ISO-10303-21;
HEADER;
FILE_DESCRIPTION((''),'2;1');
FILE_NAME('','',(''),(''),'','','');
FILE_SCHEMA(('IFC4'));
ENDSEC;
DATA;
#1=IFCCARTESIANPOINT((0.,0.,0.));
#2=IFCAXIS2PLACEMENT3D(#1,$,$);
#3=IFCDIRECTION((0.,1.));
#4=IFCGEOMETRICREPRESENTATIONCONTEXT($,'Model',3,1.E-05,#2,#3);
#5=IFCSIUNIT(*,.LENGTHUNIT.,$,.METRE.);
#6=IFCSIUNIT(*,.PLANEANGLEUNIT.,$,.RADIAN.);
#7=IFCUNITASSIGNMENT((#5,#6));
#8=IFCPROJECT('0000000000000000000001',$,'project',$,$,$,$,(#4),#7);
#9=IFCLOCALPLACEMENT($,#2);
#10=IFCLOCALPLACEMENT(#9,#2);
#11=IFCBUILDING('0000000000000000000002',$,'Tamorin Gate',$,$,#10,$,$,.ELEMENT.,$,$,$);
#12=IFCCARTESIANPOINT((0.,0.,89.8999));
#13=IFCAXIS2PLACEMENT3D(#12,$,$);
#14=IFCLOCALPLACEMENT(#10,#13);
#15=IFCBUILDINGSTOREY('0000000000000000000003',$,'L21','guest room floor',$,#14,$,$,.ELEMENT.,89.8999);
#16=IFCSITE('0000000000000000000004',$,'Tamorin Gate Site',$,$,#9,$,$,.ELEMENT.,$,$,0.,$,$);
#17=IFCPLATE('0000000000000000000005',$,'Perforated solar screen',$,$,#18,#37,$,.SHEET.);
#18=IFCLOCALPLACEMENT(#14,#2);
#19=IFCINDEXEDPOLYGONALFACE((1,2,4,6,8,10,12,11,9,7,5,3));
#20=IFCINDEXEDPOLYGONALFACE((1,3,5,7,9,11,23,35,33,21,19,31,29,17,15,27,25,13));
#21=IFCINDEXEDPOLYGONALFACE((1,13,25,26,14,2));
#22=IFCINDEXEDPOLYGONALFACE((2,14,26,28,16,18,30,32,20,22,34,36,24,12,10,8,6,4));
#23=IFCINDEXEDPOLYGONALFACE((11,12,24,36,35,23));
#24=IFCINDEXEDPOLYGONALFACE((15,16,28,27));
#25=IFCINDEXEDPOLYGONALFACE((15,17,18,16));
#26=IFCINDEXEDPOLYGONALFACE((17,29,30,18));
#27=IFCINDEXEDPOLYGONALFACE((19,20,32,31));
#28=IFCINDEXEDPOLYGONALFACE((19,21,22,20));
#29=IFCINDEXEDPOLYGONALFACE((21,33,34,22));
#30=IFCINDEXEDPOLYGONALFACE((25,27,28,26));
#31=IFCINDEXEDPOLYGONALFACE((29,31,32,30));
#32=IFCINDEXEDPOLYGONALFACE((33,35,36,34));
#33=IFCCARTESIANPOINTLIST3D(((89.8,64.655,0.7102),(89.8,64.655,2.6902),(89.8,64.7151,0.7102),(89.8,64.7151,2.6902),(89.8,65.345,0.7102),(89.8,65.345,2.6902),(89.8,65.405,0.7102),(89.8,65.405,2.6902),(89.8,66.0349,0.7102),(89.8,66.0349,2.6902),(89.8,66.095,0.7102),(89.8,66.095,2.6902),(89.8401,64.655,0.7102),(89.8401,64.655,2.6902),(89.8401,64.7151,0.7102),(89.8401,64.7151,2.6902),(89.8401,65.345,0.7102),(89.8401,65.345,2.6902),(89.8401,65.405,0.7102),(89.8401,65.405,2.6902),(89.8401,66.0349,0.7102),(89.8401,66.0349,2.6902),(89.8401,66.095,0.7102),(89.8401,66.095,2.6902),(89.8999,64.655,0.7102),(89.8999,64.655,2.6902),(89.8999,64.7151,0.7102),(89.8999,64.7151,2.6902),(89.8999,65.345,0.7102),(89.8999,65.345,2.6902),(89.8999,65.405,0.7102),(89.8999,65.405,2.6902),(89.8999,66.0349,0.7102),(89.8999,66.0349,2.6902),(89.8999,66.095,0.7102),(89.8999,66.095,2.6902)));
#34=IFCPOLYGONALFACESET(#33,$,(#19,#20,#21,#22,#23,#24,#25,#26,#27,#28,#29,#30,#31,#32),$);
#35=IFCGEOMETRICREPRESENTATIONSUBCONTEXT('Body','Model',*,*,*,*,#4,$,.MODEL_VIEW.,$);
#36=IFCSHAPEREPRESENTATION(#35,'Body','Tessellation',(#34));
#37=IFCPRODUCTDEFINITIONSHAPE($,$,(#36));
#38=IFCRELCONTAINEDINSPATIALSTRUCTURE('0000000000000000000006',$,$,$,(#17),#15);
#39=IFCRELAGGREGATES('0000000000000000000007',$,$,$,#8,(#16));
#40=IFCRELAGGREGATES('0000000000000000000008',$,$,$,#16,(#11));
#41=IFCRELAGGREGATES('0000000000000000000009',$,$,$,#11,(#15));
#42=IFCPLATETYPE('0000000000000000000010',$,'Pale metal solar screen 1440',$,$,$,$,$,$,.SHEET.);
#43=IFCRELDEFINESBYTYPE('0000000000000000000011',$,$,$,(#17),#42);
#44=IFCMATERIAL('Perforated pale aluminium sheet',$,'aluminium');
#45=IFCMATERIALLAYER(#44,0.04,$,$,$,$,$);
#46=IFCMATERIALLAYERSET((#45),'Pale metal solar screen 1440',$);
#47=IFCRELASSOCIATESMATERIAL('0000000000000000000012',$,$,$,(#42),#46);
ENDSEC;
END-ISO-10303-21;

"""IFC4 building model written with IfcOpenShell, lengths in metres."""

from ifc_helpers import new_model, si_unit, direction, frame, origin, place, context, subcontext, project, spatial, polyline, outline, extrude, material, layer, layer_set, type_object, element, save


model = new_model("IFC4")

# Units and contexts
model_context = context("Model", 3, precision=1e-05, world=origin(), true_north=direction((0.0, 1.0)))
body_context = subcontext(model_context, "Body", "Model", "MODEL_VIEW")
ifc_project = project(units=[si_unit("LENGTHUNIT", "METRE"), si_unit("PLANEANGLEUNIT", "RADIAN")], contexts=[model_context])

# Site, building, storey
site_placement = place(None, origin())
site = spatial("IfcSite", under=ifc_project, at=site_placement, Name="Tamorin Gate Site", CompositionType="ELEMENT", RefElevation=0.0)
building_placement = place(site_placement, origin())
building = spatial("IfcBuilding", under=site, at=building_placement, Name="Tamorin Gate", CompositionType="ELEMENT")
storey_placement = place(building_placement, frame((0.0, 0.0, 89.8999)))
storey = spatial("IfcBuildingStorey", under=building, at=storey_placement, Name="L21", Description="guest room floor", CompositionType="ELEMENT", Elevation=89.8999)

# Plate
ifc_material_1 = material(Name="Perforated pale aluminium sheet", Category="aluminium")
ifc_layer_1 = layer(ifc_material_1, 0.04)
ifc_layer_set_1 = layer_set([ifc_layer_1], Name="Pale metal solar screen 1440")
plate_type = type_object("IfcPlateType", Name="Pale metal solar screen 1440", PredefinedType="SHEET", material=ifc_layer_set_1)
plate_1_placement = place(storey_placement, frame((0.0, 0.0, 0.7102)))
element("IfcPlate", 1, at=plate_1_placement, inside=storey, type_object=plate_type, Name="Perforated solar screen", PredefinedType="SHEET", context=body_context, shape_type="SweptSolid", body=[
    extrude(outline(polyline([(89.8401, 64.655), (89.8, 64.655), (89.8, 64.7151), (89.8, 65.345), (89.8, 65.405), (89.8, 66.0349), (89.8, 66.095), (89.8401, 66.095), (89.8999, 66.095), (89.8999, 66.0349), (89.8401, 66.0349), (89.8401, 65.405), (89.8999, 65.405), (89.8999, 65.345), (89.8401, 65.345), (89.8401, 64.7151), (89.8999, 64.7151), (89.8999, 64.655), (89.8401, 64.655)])), origin(), (0.0, 0.0, 1.0), 1.98),
])

save(model, "model.ifc")
